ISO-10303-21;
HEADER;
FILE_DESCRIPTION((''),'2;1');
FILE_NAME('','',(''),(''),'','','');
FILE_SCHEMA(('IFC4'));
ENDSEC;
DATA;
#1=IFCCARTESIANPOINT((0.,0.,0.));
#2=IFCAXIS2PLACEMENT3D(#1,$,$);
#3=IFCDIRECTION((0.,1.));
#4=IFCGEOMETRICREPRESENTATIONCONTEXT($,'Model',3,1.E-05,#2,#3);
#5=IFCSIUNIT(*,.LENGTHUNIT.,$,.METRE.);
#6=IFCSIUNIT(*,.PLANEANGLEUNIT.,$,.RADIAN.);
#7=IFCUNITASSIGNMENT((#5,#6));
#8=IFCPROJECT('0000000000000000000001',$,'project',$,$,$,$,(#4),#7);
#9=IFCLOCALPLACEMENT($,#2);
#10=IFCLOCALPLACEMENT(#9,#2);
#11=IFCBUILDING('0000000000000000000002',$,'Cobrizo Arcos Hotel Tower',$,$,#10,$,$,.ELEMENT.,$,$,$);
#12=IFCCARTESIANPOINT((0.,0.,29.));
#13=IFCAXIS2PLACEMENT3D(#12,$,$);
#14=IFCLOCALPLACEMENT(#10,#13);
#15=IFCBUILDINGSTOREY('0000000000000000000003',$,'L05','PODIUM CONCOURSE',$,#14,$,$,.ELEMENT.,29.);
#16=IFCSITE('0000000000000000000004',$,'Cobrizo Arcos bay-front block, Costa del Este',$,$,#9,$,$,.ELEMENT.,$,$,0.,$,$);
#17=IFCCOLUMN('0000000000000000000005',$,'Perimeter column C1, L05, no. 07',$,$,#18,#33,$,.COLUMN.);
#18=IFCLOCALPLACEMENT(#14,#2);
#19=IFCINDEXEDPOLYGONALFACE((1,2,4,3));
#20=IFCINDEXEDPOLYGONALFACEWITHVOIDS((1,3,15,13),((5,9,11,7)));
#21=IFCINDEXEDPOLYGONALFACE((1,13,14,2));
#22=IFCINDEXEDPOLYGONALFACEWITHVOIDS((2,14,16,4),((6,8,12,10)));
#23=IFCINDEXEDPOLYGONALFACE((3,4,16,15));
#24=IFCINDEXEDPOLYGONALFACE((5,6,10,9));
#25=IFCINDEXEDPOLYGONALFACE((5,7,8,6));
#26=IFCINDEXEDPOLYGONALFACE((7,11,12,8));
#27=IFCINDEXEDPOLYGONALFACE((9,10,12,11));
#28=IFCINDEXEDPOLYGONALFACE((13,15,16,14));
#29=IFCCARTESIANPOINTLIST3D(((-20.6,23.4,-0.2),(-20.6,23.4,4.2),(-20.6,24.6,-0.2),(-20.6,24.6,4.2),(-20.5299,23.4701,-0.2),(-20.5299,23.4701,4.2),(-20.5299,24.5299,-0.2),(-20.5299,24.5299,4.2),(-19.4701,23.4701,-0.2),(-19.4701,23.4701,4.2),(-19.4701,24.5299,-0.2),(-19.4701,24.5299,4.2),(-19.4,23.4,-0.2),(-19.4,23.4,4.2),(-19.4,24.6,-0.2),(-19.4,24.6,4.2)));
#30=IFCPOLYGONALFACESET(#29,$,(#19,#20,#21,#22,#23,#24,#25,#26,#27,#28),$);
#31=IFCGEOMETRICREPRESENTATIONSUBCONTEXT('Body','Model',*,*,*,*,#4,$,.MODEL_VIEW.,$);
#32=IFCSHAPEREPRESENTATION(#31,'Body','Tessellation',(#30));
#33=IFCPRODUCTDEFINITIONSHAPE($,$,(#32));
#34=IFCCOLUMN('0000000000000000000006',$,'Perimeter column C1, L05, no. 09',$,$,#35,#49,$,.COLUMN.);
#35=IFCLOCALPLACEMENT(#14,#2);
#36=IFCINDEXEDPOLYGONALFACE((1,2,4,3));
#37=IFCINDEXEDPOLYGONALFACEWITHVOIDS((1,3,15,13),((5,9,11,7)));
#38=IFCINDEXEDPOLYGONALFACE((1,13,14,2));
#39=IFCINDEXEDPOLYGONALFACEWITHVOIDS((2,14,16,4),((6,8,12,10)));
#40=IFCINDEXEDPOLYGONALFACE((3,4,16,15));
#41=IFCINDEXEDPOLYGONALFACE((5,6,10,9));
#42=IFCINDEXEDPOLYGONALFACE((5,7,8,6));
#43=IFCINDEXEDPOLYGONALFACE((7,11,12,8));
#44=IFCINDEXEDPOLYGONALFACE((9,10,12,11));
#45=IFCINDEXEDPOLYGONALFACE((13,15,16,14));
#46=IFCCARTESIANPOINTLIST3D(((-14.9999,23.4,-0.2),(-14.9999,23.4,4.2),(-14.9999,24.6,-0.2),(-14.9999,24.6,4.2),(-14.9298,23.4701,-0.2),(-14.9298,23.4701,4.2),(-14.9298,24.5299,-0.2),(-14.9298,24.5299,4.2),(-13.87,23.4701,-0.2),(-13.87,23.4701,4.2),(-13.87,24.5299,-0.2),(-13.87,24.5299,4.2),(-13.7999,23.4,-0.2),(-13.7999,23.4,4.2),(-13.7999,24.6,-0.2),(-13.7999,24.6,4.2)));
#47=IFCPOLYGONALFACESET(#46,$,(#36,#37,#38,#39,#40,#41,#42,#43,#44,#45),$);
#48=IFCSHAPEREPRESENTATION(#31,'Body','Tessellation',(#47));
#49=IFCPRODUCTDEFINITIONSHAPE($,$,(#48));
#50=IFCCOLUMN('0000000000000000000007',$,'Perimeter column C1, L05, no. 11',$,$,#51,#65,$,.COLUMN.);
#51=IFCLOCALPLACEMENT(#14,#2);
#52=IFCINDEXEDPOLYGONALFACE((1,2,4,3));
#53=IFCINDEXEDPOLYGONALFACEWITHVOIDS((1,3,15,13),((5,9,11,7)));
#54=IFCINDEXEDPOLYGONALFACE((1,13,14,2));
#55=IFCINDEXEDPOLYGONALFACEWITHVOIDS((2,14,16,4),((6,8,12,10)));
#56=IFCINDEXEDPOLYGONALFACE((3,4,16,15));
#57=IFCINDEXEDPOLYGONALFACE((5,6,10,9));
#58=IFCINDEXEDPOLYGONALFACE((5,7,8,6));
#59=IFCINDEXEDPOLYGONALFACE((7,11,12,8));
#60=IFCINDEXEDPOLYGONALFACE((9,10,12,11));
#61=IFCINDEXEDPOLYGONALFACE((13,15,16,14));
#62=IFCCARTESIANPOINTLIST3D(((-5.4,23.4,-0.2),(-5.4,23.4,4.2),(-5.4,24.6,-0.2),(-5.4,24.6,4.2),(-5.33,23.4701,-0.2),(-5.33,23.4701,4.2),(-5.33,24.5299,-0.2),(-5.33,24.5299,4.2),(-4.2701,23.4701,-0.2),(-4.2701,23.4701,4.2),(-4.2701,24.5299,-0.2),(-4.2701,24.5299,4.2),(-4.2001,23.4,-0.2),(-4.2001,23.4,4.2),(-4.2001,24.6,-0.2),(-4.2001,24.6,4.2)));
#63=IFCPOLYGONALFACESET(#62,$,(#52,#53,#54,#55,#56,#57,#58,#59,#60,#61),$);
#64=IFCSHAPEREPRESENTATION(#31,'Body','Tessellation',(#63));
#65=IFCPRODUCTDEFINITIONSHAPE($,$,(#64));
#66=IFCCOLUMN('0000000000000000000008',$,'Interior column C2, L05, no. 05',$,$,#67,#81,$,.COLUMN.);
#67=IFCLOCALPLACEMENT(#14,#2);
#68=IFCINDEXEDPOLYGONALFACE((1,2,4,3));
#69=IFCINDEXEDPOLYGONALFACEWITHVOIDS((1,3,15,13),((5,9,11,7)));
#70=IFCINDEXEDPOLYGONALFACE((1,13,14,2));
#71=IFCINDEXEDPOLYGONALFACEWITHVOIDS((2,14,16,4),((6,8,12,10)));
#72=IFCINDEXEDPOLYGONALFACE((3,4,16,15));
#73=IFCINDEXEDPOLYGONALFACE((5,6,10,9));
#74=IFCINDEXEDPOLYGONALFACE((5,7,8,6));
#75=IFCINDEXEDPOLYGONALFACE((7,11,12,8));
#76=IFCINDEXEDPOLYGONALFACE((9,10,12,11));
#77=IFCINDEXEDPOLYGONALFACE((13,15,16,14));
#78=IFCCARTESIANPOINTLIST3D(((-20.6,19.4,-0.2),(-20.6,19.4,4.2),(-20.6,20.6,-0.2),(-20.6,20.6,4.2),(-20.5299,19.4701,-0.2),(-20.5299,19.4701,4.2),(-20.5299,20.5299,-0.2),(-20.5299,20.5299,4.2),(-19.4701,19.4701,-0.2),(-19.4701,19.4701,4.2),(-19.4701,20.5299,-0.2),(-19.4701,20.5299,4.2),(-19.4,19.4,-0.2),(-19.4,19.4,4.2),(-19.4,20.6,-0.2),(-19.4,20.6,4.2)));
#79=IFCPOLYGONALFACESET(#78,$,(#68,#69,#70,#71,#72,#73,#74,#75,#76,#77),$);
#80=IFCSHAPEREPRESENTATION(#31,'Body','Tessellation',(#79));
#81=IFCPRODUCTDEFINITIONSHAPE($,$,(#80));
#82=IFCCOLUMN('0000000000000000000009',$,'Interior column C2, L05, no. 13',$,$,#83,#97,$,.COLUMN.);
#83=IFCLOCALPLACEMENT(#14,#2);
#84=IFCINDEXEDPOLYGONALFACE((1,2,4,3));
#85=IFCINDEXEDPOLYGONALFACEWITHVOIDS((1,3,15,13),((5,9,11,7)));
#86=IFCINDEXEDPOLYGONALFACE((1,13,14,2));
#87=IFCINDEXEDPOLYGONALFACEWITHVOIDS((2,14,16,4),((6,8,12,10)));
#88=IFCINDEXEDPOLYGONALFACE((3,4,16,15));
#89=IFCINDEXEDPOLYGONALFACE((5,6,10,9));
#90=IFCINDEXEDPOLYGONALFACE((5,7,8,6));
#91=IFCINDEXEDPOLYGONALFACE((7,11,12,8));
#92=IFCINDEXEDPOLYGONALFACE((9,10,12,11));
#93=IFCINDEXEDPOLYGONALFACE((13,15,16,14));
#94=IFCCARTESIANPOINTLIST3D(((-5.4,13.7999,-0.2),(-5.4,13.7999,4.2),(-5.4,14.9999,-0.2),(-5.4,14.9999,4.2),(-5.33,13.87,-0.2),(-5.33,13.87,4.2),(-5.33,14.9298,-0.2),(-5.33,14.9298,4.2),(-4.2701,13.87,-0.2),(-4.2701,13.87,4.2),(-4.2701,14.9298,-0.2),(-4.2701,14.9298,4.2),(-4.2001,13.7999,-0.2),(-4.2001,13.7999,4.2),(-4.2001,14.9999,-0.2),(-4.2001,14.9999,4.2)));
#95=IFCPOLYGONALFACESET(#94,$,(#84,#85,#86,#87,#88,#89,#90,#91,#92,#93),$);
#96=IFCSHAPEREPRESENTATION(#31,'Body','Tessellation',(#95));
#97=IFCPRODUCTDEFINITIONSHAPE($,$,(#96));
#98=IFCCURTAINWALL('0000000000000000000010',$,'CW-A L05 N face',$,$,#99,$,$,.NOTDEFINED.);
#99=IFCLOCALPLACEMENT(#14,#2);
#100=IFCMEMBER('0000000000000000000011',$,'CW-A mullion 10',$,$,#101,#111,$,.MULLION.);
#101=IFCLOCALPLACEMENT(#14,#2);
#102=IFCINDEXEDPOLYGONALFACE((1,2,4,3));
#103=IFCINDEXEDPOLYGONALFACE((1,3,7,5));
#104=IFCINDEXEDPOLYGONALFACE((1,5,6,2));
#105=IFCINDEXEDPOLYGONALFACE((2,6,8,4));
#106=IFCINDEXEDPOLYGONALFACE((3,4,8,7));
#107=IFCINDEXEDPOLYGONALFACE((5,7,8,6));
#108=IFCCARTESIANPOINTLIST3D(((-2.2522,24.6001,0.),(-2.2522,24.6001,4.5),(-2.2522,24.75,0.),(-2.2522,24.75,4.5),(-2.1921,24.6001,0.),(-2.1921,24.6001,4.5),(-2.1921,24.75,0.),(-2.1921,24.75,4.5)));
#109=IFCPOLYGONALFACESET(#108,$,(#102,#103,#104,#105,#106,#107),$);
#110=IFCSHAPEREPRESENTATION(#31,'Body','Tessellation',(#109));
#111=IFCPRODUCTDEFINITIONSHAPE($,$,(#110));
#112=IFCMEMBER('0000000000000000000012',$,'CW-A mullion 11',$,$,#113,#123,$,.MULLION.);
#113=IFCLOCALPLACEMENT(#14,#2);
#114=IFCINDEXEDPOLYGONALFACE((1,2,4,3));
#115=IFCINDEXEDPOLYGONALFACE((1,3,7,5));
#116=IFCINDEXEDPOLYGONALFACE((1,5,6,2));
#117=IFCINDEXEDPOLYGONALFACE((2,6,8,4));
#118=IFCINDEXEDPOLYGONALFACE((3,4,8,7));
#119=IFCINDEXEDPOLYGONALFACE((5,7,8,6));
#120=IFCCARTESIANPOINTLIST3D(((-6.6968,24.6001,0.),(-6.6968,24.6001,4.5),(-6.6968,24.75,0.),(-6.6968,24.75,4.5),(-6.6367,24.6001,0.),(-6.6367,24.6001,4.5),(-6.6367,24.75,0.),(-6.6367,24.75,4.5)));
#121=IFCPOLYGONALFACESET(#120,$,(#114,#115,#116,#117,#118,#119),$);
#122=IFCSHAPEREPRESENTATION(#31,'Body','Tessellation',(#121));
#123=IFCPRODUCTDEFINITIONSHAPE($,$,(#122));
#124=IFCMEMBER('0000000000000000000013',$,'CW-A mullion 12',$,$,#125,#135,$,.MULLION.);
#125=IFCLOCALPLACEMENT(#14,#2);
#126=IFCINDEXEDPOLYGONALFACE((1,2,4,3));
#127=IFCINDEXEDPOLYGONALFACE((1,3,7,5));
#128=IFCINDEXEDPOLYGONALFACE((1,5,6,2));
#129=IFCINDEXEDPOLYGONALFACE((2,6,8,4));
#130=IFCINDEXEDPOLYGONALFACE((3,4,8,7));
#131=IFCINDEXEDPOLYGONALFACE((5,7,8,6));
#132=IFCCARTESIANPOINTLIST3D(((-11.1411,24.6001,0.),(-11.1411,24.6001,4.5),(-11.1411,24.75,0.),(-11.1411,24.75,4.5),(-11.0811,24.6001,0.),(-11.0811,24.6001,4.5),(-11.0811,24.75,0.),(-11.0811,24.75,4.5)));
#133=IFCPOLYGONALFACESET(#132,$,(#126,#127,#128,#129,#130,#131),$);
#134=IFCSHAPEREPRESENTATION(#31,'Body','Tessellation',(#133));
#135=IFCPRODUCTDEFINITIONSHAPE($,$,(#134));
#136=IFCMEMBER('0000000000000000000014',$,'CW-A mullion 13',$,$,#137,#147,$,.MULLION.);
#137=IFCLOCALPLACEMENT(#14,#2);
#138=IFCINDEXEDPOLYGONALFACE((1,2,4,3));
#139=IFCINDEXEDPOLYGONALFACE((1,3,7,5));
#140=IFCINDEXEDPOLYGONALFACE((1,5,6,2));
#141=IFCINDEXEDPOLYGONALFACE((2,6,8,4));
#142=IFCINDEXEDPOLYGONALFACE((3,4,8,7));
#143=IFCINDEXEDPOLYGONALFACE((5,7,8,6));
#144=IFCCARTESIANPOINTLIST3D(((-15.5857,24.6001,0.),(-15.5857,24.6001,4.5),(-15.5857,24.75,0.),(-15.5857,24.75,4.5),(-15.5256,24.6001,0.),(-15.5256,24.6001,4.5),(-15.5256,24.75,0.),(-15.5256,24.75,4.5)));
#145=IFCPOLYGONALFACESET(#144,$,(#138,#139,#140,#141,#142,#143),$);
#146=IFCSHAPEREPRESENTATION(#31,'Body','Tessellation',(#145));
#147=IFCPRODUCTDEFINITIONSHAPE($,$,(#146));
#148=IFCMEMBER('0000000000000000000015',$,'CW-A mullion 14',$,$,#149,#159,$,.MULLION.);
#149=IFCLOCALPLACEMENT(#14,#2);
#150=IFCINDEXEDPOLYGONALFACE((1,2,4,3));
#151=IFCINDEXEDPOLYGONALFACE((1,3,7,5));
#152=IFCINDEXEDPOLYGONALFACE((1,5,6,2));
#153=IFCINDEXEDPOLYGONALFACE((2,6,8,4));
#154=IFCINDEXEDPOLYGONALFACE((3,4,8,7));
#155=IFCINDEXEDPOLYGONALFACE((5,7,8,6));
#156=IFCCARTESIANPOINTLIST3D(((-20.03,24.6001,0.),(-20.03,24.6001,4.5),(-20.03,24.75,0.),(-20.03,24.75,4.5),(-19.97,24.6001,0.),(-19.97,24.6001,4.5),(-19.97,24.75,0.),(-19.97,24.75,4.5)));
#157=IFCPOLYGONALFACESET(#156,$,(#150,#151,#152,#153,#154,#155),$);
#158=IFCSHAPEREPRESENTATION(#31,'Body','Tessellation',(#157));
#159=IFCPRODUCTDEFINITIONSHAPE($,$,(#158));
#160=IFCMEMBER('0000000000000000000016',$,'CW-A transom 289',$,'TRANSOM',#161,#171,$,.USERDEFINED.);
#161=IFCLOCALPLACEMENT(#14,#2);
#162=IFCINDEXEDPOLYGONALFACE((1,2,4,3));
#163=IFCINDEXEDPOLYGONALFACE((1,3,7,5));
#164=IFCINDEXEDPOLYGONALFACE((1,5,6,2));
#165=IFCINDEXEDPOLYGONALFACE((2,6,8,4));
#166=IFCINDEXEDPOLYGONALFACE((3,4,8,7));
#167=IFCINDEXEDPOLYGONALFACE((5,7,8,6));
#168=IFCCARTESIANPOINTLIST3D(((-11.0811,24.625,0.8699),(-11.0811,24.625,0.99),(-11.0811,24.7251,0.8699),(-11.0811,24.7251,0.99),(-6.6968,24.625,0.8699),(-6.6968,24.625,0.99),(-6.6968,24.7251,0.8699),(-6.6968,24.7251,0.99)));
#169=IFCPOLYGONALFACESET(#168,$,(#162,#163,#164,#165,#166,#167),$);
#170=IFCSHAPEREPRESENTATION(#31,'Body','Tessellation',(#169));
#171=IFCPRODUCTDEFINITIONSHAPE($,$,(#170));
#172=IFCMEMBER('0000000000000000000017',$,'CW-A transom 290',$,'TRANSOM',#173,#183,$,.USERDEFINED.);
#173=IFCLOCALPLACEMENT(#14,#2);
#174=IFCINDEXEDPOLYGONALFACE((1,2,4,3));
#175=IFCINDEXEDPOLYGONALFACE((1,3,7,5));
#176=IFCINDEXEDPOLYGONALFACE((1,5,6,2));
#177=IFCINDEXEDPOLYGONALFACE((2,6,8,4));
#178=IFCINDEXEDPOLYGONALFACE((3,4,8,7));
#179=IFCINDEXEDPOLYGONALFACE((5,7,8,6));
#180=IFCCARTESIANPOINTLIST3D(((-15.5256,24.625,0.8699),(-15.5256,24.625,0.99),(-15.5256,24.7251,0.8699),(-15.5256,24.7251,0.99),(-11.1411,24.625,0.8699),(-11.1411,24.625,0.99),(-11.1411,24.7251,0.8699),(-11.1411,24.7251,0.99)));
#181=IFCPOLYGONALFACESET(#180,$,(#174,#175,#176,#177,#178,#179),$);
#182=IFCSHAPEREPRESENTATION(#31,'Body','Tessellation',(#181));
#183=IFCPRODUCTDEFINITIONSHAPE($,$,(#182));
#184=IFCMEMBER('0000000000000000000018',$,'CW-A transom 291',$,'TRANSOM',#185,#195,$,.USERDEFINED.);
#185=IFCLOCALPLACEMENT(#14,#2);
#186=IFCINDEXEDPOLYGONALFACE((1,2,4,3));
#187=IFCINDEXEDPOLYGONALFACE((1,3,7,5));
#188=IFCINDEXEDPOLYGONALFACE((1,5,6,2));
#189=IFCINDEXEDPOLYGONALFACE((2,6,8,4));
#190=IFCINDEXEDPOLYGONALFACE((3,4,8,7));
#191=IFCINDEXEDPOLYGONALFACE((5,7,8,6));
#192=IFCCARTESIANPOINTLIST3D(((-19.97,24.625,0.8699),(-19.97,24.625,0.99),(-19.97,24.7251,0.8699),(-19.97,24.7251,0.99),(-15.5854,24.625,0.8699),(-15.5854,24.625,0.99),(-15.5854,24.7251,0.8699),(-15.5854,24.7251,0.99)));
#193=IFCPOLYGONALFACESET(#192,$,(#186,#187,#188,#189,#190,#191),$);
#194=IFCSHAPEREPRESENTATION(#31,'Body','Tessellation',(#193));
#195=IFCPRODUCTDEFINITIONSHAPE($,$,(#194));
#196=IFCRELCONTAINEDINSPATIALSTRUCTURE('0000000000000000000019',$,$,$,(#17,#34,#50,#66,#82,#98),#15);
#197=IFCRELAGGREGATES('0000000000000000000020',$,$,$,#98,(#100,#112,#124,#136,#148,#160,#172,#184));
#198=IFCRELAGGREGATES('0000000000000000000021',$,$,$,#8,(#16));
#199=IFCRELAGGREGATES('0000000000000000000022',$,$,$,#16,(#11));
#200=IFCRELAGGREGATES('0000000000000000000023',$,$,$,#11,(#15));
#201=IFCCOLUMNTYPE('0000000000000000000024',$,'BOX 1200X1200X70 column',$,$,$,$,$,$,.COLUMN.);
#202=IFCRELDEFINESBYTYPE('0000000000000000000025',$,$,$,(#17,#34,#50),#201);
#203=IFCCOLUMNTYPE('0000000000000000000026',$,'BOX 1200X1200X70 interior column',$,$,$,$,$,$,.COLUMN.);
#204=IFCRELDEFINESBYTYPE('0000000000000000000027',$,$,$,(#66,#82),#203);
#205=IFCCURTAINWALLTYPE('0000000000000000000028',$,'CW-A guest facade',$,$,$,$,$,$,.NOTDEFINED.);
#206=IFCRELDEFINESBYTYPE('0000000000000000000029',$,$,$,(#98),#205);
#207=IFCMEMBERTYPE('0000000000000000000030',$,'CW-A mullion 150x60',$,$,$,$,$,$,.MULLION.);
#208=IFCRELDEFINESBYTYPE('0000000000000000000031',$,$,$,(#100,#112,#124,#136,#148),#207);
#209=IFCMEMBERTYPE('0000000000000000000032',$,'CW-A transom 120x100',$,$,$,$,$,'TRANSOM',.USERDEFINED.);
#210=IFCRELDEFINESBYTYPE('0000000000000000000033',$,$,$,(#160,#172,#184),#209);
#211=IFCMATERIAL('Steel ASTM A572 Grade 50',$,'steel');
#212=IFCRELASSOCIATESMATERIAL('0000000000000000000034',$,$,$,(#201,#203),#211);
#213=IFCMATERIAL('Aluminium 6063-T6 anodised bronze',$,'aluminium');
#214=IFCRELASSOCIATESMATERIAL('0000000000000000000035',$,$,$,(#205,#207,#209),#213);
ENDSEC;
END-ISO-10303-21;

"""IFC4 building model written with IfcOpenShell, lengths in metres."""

from ifc_helpers import new_model, si_unit, direction, frame, origin, origin_2d, place, context, subcontext, project, spatial, rectangle, hollow_rectangle, extrude, material, material_profile, profile_set, type_object, element, aggregate, save


model = new_model("IFC4")

# Units and contexts
model_context = context("Model", 3, precision=1e-05, world=origin(), true_north=direction((0.0, 1.0)))
body_context = subcontext(model_context, "Body", "Model", "MODEL_VIEW")
ifc_project = project(units=[si_unit("LENGTHUNIT", "METRE"), si_unit("PLANEANGLEUNIT", "RADIAN")], contexts=[model_context])

# Site, building, storey
site_placement = place(None, origin())
site = spatial("IfcSite", under=ifc_project, at=site_placement, Name="Cobrizo Arcos bay-front block, Costa del Este", CompositionType="ELEMENT", RefElevation=0.0)
building_placement = place(site_placement, origin())
building = spatial("IfcBuilding", under=site, at=building_placement, Name="Cobrizo Arcos Hotel Tower", CompositionType="ELEMENT")
storey_placement = place(building_placement, frame((0.0, 0.0, 29.0)))
storey = spatial("IfcBuildingStorey", under=building, at=storey_placement, Name="L05", Description="PODIUM CONCOURSE", CompositionType="ELEMENT", Elevation=29.0)

# Columns
ifc_material_1 = material(Name="Steel ASTM A572 Grade 50", Category="steel")
ifc_material_profile_1 = material_profile(ifc_material_1, hollow_rectangle(XDim=1.2, YDim=1.2, WallThickness=0.0701, at=origin_2d()), Name="BOX 1200X1200X70")
ifc_profile_set_1 = profile_set([ifc_material_profile_1], Name="Steel ASTM A572 Grade 50")
column_type_1 = type_object("IfcColumnType", Name="BOX 1200X1200X70 column", PredefinedType="COLUMN", material=ifc_profile_set_1)
for number, where, z_axis, x_axis, name in (
    (1, (-20.0, 24.0, -0.2), (0.0, 0.0, 1.0), (1.0, 0.0, 0.0), "Perimeter column C1, L05, no. 07"),
    (2, (-14.3999, 24.0, -0.2), (0.0, 0.0, 1.0), (1.0, 0.0, 0.0), "Perimeter column C1, L05, no. 09"),
    (3, (-4.8, 24.0, -0.2), (0.0, 0.0, 1.0), (1.0, 0.0, 0.0), "Perimeter column C1, L05, no. 11"),
):
    element("IfcColumn", number, at=place(storey_placement, frame(where, z_axis=z_axis, x_axis=x_axis)), inside=storey, type_object=column_type_1, Name=name, PredefinedType="COLUMN", context=body_context, shape_type="SweptSolid", body=[
        extrude(hollow_rectangle(XDim=1.2, YDim=1.2, WallThickness=0.0701, at=origin_2d()), origin(), (0.0, 0.0, 1.0), 4.3999),
    ])
ifc_material_profile_2 = material_profile(ifc_material_1, hollow_rectangle(XDim=1.2, YDim=1.2, WallThickness=0.0701, at=origin_2d()), Name="BOX 1200X1200X70")
ifc_profile_set_2 = profile_set([ifc_material_profile_2], Name="Steel ASTM A572 Grade 50")
column_type_2 = type_object("IfcColumnType", Name="BOX 1200X1200X70 interior column", PredefinedType="COLUMN", material=ifc_profile_set_2)
for number, where, z_axis, x_axis, name in (
    (4, (-20.0, 20.0, -0.2), (0.0, 0.0, 1.0), (1.0, 0.0, 0.0), "Interior column C2, L05, no. 05"),
    (5, (-4.8, 14.3999, -0.2), (0.0, 0.0, 1.0), (1.0, 0.0, 0.0), "Interior column C2, L05, no. 13"),
):
    element("IfcColumn", number, at=place(storey_placement, frame(where, z_axis=z_axis, x_axis=x_axis)), inside=storey, type_object=column_type_2, Name=name, PredefinedType="COLUMN", context=body_context, shape_type="SweptSolid", body=[
        extrude(hollow_rectangle(XDim=1.2, YDim=1.2, WallThickness=0.0701, at=origin_2d()), origin(), (0.0, 0.0, 1.0), 4.3999),
    ])

# Curtain wall, members
ifc_material_2 = material(Name="Aluminium 6063-T6 anodised bronze", Category="aluminium")
curtain_wall_type = type_object("IfcCurtainWallType", Name="CW-A guest facade", PredefinedType="NOTDEFINED", material=ifc_material_2)
curtain_wall_placement = place(storey_placement, origin())
curtain_wall = element("IfcCurtainWall", 6, at=curtain_wall_placement, inside=storey, type_object=curtain_wall_type, Name="CW-A L05 N face", PredefinedType="NOTDEFINED")
ifc_material_profile_3 = material_profile(ifc_material_2, rectangle(XDim=0.1499, YDim=0.0601, at=origin_2d()), Name="CW-A mullion 150x60")
ifc_profile_set_3 = profile_set([ifc_material_profile_3], Name="Aluminium 6063-T6 anodised bronze")
member_type_1 = type_object("IfcMemberType", Name="CW-A mullion 150x60", PredefinedType="MULLION", material=ifc_profile_set_3)
member_1_placement = place(storey_placement, frame((-2.2222, 24.675, 0.0), z_axis=(0.0, 0.0, 1.0), x_axis=(0.0, 1.0, 0.0)))
member_1 = element("IfcMember", 7, at=member_1_placement, type_object=member_type_1, Name="CW-A mullion 10", PredefinedType="MULLION", context=body_context, shape_type="SweptSolid", body=[
    extrude(rectangle(XDim=0.1499, YDim=0.0601, at=origin_2d()), origin(), (0.0, 0.0, 1.0), 4.5),
])
member_2_placement = place(storey_placement, frame((-6.6667, 24.675, 0.0), z_axis=(0.0, 0.0, 1.0), x_axis=(0.0, 1.0, 0.0)))
member_2 = element("IfcMember", 8, at=member_2_placement, type_object=member_type_1, Name="CW-A mullion 11", PredefinedType="MULLION", context=body_context, shape_type="SweptSolid", body=[
    extrude(rectangle(XDim=0.1499, YDim=0.0601, at=origin_2d()), origin(), (0.0, 0.0, 1.0), 4.5),
])
member_3_placement = place(storey_placement, frame((-11.1111, 24.675, 0.0), z_axis=(0.0, 0.0, 1.0), x_axis=(0.0, 1.0, 0.0)))
member_3 = element("IfcMember", 9, at=member_3_placement, type_object=member_type_1, Name="CW-A mullion 12", PredefinedType="MULLION", context=body_context, shape_type="SweptSolid", body=[
    extrude(rectangle(XDim=0.1499, YDim=0.0601, at=origin_2d()), origin(), (0.0, 0.0, 1.0), 4.5),
])
member_4_placement = place(storey_placement, frame((-15.5557, 24.675, 0.0), z_axis=(0.0, 0.0, 1.0), x_axis=(0.0, 1.0, 0.0)))
member_4 = element("IfcMember", 10, at=member_4_placement, type_object=member_type_1, Name="CW-A mullion 13", PredefinedType="MULLION", context=body_context, shape_type="SweptSolid", body=[
    extrude(rectangle(XDim=0.1499, YDim=0.0601, at=origin_2d()), origin(), (0.0, 0.0, 1.0), 4.5),
])
member_5_placement = place(storey_placement, frame((-20.0, 24.675, 0.0), z_axis=(0.0, 0.0, 1.0), x_axis=(0.0, 1.0, 0.0)))
member_5 = element("IfcMember", 11, at=member_5_placement, type_object=member_type_1, Name="CW-A mullion 14", PredefinedType="MULLION", context=body_context, shape_type="SweptSolid", body=[
    extrude(rectangle(XDim=0.1499, YDim=0.0601, at=origin_2d()), origin(), (0.0, 0.0, 1.0), 4.5),
])
ifc_material_profile_4 = material_profile(ifc_material_2, rectangle(XDim=0.1001, YDim=0.1201, at=origin_2d()), Name="CW-A transom 120x100")
ifc_profile_set_4 = profile_set([ifc_material_profile_4], Name="Aluminium 6063-T6 anodised bronze")
member_type_2 = type_object("IfcMemberType", Name="CW-A transom 120x100", ElementType="TRANSOM", PredefinedType="USERDEFINED", material=ifc_profile_set_4)
member_6_placement = place(storey_placement, frame((-6.6968, 24.675, 0.9299), z_axis=(-1.0, 0.0, 0.0), x_axis=(0.0, -1.0, 0.0)))
member_6 = element("IfcMember", 12, at=member_6_placement, type_object=member_type_2, Name="CW-A transom 289", ObjectType="TRANSOM", PredefinedType="USERDEFINED", context=body_context, shape_type="SweptSolid", body=[
    extrude(rectangle(XDim=0.1001, YDim=0.1201, at=origin_2d()), origin(), (0.0, 0.0, 1.0), 4.3843),
])
member_7_placement = place(storey_placement, frame((-11.1411, 24.675, 0.9299), z_axis=(-1.0, 0.0, 0.0), x_axis=(0.0, -1.0, 0.0)))
member_7 = element("IfcMember", 13, at=member_7_placement, type_object=member_type_2, Name="CW-A transom 290", ObjectType="TRANSOM", PredefinedType="USERDEFINED", context=body_context, shape_type="SweptSolid", body=[
    extrude(rectangle(XDim=0.1001, YDim=0.1201, at=origin_2d()), origin(), (0.0, 0.0, 1.0), 4.3845),
])
member_8_placement = place(storey_placement, frame((-15.5854, 24.675, 0.9299), z_axis=(-1.0, 0.0, 0.0), x_axis=(0.0, -1.0, 0.0)))
member_8 = element("IfcMember", 14, at=member_8_placement, type_object=member_type_2, Name="CW-A transom 291", ObjectType="TRANSOM", PredefinedType="USERDEFINED", context=body_context, shape_type="SweptSolid", body=[
    extrude(rectangle(XDim=0.1001, YDim=0.1201, at=origin_2d()), origin(), (0.0, 0.0, 1.0), 4.3845),
])

aggregate(curtain_wall, [member_1, member_2, member_3, member_4, member_5, member_6, member_7, member_8])

save(model, "model.ifc")
